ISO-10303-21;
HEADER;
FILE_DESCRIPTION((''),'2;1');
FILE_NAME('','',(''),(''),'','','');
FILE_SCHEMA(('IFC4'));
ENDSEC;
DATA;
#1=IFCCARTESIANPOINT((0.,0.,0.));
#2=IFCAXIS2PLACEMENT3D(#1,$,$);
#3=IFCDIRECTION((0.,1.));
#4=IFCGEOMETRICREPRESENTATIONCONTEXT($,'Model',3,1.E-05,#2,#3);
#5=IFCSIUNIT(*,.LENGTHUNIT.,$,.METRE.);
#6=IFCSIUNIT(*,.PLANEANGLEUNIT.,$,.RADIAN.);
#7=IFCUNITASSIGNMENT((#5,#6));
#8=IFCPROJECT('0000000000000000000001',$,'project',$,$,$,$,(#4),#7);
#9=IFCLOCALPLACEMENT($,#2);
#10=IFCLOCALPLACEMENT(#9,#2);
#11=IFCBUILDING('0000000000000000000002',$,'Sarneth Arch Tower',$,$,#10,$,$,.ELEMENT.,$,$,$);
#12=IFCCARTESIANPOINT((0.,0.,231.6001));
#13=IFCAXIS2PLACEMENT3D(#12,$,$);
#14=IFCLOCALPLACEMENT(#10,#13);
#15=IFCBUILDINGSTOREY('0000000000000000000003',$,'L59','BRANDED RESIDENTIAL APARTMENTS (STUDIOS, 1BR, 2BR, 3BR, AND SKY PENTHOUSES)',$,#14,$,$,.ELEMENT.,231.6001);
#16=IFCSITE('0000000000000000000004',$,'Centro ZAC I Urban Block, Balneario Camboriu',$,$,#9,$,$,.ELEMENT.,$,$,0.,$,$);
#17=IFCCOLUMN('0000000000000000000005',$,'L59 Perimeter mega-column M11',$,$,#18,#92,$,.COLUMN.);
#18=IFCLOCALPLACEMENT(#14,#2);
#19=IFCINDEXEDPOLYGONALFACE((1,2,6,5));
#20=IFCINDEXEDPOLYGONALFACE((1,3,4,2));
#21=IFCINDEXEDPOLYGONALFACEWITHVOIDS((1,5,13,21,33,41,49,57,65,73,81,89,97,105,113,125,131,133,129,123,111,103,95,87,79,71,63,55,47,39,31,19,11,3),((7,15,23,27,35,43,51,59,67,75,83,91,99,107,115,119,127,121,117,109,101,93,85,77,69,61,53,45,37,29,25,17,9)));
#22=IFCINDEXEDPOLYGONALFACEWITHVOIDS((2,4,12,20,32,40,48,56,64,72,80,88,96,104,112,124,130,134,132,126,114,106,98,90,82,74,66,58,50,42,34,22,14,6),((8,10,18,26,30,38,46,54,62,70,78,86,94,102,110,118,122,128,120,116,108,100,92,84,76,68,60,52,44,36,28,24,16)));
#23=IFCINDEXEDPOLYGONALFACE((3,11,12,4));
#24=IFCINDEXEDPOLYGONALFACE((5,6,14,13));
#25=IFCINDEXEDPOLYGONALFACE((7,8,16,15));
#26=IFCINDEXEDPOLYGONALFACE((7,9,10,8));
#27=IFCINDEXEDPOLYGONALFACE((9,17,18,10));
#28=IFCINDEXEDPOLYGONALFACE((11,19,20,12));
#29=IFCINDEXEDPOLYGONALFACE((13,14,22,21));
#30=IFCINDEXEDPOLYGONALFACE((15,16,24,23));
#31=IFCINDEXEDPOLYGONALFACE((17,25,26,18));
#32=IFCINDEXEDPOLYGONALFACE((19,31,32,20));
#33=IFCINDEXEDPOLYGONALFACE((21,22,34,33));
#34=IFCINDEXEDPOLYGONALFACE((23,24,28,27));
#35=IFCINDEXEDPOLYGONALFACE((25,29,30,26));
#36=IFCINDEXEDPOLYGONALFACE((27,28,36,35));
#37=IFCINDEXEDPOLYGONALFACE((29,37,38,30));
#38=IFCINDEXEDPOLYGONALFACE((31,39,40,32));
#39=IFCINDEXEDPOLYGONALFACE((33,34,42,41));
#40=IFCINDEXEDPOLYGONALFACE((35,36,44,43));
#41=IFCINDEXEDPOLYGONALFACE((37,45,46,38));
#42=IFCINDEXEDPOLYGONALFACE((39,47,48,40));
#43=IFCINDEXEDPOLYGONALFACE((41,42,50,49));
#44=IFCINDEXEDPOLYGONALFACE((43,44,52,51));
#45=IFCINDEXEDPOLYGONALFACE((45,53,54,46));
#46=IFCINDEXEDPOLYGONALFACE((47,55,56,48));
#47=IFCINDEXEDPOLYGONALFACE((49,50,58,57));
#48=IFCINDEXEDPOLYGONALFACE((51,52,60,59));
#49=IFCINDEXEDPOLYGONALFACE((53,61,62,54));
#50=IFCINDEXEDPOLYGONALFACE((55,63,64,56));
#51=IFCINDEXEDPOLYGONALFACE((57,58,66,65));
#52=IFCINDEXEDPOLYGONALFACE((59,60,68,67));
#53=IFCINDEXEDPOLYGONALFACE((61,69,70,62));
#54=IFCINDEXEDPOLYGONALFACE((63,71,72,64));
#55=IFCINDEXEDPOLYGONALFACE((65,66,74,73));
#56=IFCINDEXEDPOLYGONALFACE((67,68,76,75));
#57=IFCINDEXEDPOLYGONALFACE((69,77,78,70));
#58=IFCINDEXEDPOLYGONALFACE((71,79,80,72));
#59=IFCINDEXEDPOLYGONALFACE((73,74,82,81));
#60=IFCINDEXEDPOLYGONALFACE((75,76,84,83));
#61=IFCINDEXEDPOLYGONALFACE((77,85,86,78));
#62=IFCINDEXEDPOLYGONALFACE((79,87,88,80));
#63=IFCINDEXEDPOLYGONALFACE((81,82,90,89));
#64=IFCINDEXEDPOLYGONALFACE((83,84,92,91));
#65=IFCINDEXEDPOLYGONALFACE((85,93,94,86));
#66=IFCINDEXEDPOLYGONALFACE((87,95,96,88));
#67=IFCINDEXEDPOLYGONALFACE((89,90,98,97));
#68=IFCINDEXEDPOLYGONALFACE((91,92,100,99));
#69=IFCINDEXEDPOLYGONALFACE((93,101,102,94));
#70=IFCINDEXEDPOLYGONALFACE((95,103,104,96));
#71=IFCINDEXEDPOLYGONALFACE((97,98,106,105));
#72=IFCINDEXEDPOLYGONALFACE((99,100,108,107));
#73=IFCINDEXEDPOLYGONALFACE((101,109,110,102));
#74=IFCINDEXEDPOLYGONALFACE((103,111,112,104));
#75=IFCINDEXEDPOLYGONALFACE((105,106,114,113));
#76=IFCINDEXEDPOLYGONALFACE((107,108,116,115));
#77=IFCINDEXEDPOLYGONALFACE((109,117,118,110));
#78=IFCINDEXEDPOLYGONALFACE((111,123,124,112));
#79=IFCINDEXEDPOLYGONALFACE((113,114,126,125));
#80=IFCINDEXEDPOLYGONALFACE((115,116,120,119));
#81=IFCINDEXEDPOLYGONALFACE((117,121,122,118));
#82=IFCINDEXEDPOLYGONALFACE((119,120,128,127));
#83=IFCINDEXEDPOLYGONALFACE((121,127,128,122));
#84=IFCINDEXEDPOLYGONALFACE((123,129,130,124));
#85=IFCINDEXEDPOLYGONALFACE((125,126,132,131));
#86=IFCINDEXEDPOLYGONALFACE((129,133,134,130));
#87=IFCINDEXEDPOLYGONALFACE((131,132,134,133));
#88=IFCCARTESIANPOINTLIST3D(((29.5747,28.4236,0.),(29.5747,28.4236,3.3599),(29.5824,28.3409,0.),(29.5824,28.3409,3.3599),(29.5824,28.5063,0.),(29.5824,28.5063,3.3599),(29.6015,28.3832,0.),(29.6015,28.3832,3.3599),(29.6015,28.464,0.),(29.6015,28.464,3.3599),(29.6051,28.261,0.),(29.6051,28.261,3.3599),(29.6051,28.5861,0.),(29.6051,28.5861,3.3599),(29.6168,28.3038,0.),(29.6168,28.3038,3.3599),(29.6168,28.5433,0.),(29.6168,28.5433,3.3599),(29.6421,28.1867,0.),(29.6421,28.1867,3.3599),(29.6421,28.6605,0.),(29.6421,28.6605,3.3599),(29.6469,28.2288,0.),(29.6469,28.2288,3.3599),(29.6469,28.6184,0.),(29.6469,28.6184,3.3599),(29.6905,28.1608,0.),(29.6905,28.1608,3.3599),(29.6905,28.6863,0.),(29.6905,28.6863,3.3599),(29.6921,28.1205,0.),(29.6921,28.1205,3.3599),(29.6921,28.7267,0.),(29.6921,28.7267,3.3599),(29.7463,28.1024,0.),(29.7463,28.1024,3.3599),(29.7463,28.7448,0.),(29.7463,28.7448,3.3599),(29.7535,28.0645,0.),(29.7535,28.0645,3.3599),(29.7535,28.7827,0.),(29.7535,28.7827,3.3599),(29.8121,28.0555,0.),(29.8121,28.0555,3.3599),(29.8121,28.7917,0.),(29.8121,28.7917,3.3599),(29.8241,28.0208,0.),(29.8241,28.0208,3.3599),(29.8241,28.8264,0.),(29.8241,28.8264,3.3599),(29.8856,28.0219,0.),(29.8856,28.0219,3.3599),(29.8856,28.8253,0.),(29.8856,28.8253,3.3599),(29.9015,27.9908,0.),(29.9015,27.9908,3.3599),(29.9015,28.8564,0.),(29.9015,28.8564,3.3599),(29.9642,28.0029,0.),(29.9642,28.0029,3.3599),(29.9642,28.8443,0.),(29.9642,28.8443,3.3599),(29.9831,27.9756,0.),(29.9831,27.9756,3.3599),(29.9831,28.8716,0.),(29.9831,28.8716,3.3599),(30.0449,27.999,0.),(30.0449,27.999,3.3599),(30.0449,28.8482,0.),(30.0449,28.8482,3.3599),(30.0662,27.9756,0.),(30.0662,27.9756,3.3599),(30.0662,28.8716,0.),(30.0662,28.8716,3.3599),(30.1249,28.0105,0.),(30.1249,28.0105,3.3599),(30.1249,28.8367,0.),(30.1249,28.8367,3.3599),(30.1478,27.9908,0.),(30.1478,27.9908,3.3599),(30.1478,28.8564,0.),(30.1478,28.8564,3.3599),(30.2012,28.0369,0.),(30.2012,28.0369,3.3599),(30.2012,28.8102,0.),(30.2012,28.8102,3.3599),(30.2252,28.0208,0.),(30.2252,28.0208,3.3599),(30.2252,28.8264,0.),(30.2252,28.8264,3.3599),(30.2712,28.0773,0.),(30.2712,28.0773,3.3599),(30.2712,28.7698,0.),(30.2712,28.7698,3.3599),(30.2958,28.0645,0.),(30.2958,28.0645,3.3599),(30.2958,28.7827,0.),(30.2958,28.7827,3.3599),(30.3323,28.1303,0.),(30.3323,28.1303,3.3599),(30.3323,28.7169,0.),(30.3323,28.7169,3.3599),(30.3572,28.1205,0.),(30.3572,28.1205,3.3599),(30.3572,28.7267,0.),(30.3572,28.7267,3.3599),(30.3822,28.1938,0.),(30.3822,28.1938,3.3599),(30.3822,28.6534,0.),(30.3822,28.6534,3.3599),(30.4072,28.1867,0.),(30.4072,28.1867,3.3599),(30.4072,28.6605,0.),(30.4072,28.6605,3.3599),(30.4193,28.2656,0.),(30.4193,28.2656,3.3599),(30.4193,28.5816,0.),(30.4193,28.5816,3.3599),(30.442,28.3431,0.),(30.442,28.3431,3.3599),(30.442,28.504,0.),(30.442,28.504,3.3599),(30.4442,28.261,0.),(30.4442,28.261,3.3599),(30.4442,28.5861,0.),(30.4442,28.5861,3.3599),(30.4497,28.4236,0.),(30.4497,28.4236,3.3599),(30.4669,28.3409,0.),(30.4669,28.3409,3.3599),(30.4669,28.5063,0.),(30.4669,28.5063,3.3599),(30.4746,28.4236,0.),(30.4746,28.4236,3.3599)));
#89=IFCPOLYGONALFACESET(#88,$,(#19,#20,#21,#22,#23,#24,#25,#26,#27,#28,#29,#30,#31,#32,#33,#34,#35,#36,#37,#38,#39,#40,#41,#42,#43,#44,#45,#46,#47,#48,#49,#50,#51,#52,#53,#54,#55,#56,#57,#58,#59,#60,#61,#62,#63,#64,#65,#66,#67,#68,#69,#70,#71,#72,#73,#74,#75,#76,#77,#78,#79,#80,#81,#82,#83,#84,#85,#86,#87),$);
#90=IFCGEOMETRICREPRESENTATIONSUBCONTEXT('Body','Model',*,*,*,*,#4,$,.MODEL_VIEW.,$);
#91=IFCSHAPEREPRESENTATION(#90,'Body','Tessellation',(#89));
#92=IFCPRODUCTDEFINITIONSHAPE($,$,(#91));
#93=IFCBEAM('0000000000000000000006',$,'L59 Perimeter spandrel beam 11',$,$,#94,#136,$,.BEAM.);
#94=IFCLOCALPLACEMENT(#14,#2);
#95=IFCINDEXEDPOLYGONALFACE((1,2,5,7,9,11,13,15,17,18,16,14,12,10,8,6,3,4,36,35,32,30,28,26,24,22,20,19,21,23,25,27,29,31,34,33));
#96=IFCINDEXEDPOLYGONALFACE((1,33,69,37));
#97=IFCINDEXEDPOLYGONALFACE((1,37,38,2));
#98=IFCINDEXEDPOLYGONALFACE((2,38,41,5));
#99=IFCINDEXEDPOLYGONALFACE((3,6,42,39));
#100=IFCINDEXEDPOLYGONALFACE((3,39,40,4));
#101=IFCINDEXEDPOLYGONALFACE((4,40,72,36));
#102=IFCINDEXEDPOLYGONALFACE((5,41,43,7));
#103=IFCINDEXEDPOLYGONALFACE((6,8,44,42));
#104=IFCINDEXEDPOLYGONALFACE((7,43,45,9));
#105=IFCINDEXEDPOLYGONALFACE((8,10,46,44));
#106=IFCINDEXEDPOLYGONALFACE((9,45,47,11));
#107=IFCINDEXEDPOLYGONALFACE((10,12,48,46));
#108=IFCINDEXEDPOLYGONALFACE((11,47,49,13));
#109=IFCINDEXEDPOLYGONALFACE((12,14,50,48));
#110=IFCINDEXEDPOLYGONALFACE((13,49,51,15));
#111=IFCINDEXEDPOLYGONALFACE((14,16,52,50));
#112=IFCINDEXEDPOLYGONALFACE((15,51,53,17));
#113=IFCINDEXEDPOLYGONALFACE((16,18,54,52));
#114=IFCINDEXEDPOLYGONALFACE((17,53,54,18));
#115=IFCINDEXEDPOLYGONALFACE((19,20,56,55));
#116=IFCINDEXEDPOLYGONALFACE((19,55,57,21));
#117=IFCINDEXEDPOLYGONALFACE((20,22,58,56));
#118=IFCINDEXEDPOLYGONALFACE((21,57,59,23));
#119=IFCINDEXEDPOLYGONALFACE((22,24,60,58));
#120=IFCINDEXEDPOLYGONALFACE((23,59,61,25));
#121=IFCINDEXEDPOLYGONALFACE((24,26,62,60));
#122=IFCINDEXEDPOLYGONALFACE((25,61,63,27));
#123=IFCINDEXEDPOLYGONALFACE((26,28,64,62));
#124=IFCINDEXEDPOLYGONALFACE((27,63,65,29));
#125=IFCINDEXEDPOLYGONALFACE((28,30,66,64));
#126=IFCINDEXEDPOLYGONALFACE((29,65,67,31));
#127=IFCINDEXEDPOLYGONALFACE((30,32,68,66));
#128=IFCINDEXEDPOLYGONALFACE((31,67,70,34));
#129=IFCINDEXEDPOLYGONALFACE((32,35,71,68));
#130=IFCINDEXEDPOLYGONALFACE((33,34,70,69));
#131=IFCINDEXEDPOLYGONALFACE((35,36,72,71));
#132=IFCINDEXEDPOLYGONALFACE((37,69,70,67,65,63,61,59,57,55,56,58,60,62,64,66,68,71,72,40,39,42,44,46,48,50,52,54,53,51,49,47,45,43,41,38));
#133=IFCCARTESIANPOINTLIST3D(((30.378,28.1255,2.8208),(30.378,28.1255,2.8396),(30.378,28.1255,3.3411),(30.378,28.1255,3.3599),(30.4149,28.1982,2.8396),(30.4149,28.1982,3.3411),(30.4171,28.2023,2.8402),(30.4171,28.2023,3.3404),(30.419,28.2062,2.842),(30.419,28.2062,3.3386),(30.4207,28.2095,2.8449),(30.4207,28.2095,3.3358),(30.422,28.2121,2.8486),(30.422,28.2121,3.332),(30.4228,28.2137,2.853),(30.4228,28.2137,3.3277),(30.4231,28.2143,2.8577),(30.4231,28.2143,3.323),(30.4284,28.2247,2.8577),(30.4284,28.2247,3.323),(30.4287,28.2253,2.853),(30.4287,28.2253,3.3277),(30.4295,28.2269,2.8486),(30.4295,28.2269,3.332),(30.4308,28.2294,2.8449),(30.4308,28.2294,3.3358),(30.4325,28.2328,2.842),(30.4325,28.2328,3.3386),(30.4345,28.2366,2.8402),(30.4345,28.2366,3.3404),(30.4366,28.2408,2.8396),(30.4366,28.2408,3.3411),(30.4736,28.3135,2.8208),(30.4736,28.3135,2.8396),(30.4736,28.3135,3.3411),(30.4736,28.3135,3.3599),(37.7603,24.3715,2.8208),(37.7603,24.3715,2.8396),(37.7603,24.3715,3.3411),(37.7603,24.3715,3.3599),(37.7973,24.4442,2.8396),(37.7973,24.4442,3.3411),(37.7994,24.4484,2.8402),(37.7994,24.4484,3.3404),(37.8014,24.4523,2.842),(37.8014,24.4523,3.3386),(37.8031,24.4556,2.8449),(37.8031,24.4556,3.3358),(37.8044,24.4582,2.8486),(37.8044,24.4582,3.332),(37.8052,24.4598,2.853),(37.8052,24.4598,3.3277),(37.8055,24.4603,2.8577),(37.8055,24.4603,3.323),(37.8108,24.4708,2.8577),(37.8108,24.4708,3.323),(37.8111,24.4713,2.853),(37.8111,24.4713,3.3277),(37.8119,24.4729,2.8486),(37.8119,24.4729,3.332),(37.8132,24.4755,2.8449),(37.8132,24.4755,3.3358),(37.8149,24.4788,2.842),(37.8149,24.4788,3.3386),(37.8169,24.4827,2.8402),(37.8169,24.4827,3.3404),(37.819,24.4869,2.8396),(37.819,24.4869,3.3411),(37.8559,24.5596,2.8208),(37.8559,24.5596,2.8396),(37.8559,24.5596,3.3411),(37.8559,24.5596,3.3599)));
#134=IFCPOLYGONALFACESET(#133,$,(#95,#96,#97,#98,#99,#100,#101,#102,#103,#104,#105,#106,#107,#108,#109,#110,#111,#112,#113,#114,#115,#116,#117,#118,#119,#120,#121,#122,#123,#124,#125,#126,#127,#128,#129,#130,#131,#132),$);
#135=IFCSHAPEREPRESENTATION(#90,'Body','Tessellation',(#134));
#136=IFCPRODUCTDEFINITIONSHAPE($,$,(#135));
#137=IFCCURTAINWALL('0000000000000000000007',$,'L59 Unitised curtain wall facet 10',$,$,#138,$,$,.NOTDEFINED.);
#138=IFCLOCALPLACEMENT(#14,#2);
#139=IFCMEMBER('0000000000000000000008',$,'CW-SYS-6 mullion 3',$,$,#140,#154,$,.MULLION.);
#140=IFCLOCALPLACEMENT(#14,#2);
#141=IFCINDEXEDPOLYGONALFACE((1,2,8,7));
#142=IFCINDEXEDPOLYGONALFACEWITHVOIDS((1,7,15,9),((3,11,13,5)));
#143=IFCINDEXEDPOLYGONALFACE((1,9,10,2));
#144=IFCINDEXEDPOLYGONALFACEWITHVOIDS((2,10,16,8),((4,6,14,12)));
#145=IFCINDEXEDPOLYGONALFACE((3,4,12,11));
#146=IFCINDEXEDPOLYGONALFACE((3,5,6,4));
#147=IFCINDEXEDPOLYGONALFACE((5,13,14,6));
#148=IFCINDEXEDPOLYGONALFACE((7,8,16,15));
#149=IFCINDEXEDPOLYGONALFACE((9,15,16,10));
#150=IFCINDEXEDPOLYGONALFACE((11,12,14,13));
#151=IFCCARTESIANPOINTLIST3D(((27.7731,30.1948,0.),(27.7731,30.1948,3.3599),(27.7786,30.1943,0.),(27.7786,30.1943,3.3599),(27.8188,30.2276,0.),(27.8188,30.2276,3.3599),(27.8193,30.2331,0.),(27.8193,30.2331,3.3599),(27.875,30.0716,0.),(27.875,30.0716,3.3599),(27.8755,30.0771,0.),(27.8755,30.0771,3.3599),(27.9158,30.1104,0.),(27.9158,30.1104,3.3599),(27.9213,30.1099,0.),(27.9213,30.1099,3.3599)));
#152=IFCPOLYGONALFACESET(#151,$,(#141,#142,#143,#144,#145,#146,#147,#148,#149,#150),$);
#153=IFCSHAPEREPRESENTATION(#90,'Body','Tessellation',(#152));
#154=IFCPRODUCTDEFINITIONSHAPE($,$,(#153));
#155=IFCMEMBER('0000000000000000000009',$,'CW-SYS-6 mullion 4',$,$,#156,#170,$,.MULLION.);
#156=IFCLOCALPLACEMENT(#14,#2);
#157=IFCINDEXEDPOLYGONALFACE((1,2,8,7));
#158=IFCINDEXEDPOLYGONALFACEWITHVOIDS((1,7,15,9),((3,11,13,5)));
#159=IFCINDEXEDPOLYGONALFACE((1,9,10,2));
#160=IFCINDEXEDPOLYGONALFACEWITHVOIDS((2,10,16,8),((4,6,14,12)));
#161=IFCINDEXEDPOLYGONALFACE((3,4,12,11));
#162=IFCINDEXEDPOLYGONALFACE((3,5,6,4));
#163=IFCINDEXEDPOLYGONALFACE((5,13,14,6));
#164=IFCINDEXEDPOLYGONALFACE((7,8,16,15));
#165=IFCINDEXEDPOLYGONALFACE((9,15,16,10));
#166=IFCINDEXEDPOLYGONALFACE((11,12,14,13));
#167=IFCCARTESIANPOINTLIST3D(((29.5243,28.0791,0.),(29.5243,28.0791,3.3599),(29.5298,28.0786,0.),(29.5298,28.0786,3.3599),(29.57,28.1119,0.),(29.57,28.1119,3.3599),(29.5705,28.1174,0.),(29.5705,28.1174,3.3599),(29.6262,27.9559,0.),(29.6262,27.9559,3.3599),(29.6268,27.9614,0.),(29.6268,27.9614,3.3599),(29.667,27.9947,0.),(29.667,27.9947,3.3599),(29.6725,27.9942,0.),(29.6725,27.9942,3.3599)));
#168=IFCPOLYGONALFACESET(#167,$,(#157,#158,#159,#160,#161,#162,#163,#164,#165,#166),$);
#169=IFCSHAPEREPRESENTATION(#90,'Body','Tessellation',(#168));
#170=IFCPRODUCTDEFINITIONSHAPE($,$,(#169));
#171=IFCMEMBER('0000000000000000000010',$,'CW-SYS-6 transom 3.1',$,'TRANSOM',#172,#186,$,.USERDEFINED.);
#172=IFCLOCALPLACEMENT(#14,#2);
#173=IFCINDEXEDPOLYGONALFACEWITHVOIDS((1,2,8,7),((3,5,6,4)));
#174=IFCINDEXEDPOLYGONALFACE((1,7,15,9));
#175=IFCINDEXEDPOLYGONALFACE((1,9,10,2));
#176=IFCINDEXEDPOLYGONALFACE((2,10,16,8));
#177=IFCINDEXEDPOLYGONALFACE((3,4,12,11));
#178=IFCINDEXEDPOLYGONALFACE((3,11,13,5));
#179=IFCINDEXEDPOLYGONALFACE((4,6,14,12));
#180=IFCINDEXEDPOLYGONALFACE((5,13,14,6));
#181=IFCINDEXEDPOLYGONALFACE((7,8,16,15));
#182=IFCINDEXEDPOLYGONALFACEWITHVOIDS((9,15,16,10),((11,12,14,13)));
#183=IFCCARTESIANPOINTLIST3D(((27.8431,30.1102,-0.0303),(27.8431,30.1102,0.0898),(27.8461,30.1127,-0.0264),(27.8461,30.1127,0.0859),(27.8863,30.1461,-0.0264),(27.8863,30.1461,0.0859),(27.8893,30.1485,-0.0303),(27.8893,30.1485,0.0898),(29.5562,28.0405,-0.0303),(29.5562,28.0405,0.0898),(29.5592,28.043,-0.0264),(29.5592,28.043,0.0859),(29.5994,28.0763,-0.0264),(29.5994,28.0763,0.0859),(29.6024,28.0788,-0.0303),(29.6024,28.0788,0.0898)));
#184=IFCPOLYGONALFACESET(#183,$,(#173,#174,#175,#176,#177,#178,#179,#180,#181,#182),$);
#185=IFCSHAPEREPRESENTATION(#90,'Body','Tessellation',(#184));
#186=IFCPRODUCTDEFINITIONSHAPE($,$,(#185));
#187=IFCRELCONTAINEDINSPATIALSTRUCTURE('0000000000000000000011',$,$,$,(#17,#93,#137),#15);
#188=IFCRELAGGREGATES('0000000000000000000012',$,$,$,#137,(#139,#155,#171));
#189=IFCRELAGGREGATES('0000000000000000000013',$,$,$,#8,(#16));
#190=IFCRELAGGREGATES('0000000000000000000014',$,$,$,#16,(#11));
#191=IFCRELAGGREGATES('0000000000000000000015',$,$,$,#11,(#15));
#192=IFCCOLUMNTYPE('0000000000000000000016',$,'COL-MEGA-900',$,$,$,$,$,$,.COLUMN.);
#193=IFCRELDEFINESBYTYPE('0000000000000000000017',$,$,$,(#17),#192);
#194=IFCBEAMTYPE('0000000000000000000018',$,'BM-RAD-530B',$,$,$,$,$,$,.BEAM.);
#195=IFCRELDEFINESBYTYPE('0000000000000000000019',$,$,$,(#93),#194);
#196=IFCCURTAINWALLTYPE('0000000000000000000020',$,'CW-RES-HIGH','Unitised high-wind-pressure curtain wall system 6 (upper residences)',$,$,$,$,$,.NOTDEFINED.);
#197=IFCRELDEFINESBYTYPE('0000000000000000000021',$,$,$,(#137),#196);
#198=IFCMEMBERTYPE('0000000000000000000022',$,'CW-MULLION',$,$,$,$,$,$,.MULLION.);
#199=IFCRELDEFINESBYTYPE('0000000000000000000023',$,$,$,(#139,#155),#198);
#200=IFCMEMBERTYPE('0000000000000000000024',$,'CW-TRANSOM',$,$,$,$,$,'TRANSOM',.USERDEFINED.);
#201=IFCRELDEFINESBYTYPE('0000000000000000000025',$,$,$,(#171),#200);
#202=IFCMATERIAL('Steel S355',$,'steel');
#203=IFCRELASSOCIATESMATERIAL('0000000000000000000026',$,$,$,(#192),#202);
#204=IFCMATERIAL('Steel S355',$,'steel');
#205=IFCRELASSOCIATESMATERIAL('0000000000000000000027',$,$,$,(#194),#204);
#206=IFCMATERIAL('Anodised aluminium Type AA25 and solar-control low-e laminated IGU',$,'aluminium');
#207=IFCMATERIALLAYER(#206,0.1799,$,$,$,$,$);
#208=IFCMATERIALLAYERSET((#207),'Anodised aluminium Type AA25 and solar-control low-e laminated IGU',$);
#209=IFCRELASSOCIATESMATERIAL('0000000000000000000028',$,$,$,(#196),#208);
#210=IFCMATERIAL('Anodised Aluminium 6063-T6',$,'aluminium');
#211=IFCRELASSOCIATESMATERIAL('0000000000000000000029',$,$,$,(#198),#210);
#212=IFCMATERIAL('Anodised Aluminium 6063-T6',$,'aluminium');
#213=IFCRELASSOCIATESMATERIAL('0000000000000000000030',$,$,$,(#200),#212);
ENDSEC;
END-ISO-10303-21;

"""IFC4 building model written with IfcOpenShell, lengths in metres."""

from ifc_helpers import new_model, si_unit, direction, frame, origin, origin_2d, place, context, subcontext, project, spatial, hollow_rectangle, hollow_circle, i_section, extrude, material, layer, layer_set, material_profile, profile_set, type_object, element, aggregate, save


model = new_model("IFC4")

# Units and contexts
model_context = context("Model", 3, precision=1e-05, world=origin(), true_north=direction((0.0, 1.0)))
body_context = subcontext(model_context, "Body", "Model", "MODEL_VIEW")
ifc_project = project(units=[si_unit("LENGTHUNIT", "METRE"), si_unit("PLANEANGLEUNIT", "RADIAN")], contexts=[model_context])

# Site, building, storey
site_placement = place(None, origin())
site = spatial("IfcSite", under=ifc_project, at=site_placement, Name="Centro ZAC I Urban Block, Balneario Camboriu", CompositionType="ELEMENT", RefElevation=0.0)
building_placement = place(site_placement, origin())
building = spatial("IfcBuilding", under=site, at=building_placement, Name="Sarneth Arch Tower", CompositionType="ELEMENT")
storey_placement = place(building_placement, frame((0.0, 0.0, 231.6001)))
storey = spatial("IfcBuildingStorey", under=building, at=storey_placement, Name="L59", Description="BRANDED RESIDENTIAL APARTMENTS (STUDIOS, 1BR, 2BR, 3BR, AND SKY PENTHOUSES)", CompositionType="ELEMENT", Elevation=231.6001)

# Column
ifc_material_1 = material(Name="Steel S355", Category="steel")
ifc_material_profile_1 = material_profile(ifc_material_1, hollow_circle(Radius=0.45, WallThickness=0.0249, at=origin_2d()), Name="CHS900x25")
ifc_profile_set_1 = profile_set([ifc_material_profile_1], Name="Steel S355")
column_type = type_object("IfcColumnType", Name="COL-MEGA-900", PredefinedType="COLUMN", material=ifc_profile_set_1)
column_placement = place(storey_placement, frame((30.0247, 28.4236, 0.0), z_axis=(0.0, 0.0, 1.0), x_axis=(1.0, 0.0, 0.0)))
element("IfcColumn", 1, at=column_placement, inside=storey, type_object=column_type, Name="L59 Perimeter mega-column M11", PredefinedType="COLUMN", context=body_context, shape_type="SweptSolid", body=[
    extrude(hollow_circle(Radius=0.45, WallThickness=0.0249, at=origin_2d()), origin(), (0.0, 0.0, 1.0), 3.3599),
])

# Beam
ifc_material_2 = material(Name="Steel S355", Category="steel")
ifc_material_profile_2 = material_profile(ifc_material_2, i_section(OverallWidth=0.2109, OverallDepth=0.5391, WebThickness=0.0117, FlangeThickness=0.0188, FilletRadius=0.0181, at=origin_2d()), Name="W530x109")
ifc_profile_set_2 = profile_set([ifc_material_profile_2], Name="Steel S355")
beam_type = type_object("IfcBeamType", Name="BM-RAD-530B", PredefinedType="BEAM", material=ifc_profile_set_2)
beam_placement = place(storey_placement, frame((30.4258, 28.2195, 3.0903), z_axis=(0.891376, -0.453264, 0.0), x_axis=(0.453264, 0.891376, 0.0)))
element("IfcBeam", 2, at=beam_placement, inside=storey, type_object=beam_type, Name="L59 Perimeter spandrel beam 11", PredefinedType="BEAM", context=body_context, shape_type="SweptSolid", body=[
    extrude(i_section(OverallWidth=0.2109, OverallDepth=0.5391, WebThickness=0.0117, FlangeThickness=0.0188, FilletRadius=0.0181, at=origin_2d()), origin(), (0.0, 0.0, 1.0), 8.282),
])

# Curtain wall, members
ifc_material_3 = material(Name="Anodised aluminium Type AA25 and solar-control low-e laminated IGU", Category="aluminium")
ifc_layer_1 = layer(ifc_material_3, 0.1799)
ifc_layer_set_1 = layer_set([ifc_layer_1], Name="Anodised aluminium Type AA25 and solar-control low-e laminated IGU")
curtain_wall_type = type_object("IfcCurtainWallType", Name="CW-RES-HIGH", Description="Unitised high-wind-pressure curtain wall system 6 (upper residences)", PredefinedType="NOTDEFINED", material=ifc_layer_set_1)
curtain_wall_placement = place(storey_placement, origin())
curtain_wall = element("IfcCurtainWall", 3, at=curtain_wall_placement, inside=storey, type_object=curtain_wall_type, Name="L59 Unitised curtain wall facet 10", PredefinedType="NOTDEFINED")
ifc_material_4 = material(Name="Anodised Aluminium 6063-T6", Category="aluminium")
ifc_material_profile_3 = material_profile(ifc_material_4, hollow_rectangle(XDim=0.0601, YDim=0.1599, WallThickness=0.0039, at=origin_2d()), Name="AL-MULL-160x60x4")
ifc_profile_set_3 = profile_set([ifc_material_profile_3], Name="Anodised Aluminium 6063-T6")
member_type_1 = type_object("IfcMemberType", Name="CW-MULLION", PredefinedType="MULLION", material=ifc_profile_set_3)
member_1_placement = place(storey_placement, frame((27.8472, 30.1523, 0.0), z_axis=(0.0, 0.0, 1.0), x_axis=(0.770359, 0.63761, 0.0)))
member_1 = element("IfcMember", 4, at=member_1_placement, type_object=member_type_1, Name="CW-SYS-6 mullion 3", PredefinedType="MULLION", context=body_context, shape_type="SweptSolid", body=[
    extrude(hollow_rectangle(XDim=0.0601, YDim=0.1599, WallThickness=0.0039, at=origin_2d()), origin(), (0.0, 0.0, 1.0), 3.3599),
])
member_2_placement = place(storey_placement, frame((29.5984, 28.0366, 0.0), z_axis=(0.0, 0.0, 1.0), x_axis=(0.770359, 0.63761, 0.0)))
member_2 = element("IfcMember", 5, at=member_2_placement, type_object=member_type_1, Name="CW-SYS-6 mullion 4", PredefinedType="MULLION", context=body_context, shape_type="SweptSolid", body=[
    extrude(hollow_rectangle(XDim=0.0601, YDim=0.1599, WallThickness=0.0039, at=origin_2d()), origin(), (0.0, 0.0, 1.0), 3.3599),
])
ifc_material_5 = material(Name="Anodised Aluminium 6063-T6", Category="aluminium")
ifc_material_profile_4 = material_profile(ifc_material_5, hollow_rectangle(XDim=0.0601, YDim=0.1201, WallThickness=0.0039, at=origin_2d()), Name="AL-TRAN-120x60x4")
ifc_profile_set_4 = profile_set([ifc_material_profile_4], Name="Anodised Aluminium 6063-T6")
member_type_2 = type_object("IfcMemberType", Name="CW-TRANSOM", ElementType="TRANSOM", PredefinedType="USERDEFINED", material=ifc_profile_set_4)
member_3_placement = place(storey_placement, frame((27.8662, 30.1294, 0.0298), z_axis=(0.637607, -0.770362, 0.0), x_axis=(0.770362, 0.637607, 0.0)))
member_3 = element("IfcMember", 6, at=member_3_placement, type_object=member_type_2, Name="CW-SYS-6 transom 3.1", ObjectType="TRANSOM", PredefinedType="USERDEFINED", context=body_context, shape_type="SweptSolid", body=[
    extrude(hollow_rectangle(XDim=0.0601, YDim=0.1201, WallThickness=0.0039, at=origin_2d()), origin(), (0.0, 0.0, 1.0), 2.6868),
])

aggregate(curtain_wall, [member_1, member_2, member_3])

save(model, "model.ifc")
